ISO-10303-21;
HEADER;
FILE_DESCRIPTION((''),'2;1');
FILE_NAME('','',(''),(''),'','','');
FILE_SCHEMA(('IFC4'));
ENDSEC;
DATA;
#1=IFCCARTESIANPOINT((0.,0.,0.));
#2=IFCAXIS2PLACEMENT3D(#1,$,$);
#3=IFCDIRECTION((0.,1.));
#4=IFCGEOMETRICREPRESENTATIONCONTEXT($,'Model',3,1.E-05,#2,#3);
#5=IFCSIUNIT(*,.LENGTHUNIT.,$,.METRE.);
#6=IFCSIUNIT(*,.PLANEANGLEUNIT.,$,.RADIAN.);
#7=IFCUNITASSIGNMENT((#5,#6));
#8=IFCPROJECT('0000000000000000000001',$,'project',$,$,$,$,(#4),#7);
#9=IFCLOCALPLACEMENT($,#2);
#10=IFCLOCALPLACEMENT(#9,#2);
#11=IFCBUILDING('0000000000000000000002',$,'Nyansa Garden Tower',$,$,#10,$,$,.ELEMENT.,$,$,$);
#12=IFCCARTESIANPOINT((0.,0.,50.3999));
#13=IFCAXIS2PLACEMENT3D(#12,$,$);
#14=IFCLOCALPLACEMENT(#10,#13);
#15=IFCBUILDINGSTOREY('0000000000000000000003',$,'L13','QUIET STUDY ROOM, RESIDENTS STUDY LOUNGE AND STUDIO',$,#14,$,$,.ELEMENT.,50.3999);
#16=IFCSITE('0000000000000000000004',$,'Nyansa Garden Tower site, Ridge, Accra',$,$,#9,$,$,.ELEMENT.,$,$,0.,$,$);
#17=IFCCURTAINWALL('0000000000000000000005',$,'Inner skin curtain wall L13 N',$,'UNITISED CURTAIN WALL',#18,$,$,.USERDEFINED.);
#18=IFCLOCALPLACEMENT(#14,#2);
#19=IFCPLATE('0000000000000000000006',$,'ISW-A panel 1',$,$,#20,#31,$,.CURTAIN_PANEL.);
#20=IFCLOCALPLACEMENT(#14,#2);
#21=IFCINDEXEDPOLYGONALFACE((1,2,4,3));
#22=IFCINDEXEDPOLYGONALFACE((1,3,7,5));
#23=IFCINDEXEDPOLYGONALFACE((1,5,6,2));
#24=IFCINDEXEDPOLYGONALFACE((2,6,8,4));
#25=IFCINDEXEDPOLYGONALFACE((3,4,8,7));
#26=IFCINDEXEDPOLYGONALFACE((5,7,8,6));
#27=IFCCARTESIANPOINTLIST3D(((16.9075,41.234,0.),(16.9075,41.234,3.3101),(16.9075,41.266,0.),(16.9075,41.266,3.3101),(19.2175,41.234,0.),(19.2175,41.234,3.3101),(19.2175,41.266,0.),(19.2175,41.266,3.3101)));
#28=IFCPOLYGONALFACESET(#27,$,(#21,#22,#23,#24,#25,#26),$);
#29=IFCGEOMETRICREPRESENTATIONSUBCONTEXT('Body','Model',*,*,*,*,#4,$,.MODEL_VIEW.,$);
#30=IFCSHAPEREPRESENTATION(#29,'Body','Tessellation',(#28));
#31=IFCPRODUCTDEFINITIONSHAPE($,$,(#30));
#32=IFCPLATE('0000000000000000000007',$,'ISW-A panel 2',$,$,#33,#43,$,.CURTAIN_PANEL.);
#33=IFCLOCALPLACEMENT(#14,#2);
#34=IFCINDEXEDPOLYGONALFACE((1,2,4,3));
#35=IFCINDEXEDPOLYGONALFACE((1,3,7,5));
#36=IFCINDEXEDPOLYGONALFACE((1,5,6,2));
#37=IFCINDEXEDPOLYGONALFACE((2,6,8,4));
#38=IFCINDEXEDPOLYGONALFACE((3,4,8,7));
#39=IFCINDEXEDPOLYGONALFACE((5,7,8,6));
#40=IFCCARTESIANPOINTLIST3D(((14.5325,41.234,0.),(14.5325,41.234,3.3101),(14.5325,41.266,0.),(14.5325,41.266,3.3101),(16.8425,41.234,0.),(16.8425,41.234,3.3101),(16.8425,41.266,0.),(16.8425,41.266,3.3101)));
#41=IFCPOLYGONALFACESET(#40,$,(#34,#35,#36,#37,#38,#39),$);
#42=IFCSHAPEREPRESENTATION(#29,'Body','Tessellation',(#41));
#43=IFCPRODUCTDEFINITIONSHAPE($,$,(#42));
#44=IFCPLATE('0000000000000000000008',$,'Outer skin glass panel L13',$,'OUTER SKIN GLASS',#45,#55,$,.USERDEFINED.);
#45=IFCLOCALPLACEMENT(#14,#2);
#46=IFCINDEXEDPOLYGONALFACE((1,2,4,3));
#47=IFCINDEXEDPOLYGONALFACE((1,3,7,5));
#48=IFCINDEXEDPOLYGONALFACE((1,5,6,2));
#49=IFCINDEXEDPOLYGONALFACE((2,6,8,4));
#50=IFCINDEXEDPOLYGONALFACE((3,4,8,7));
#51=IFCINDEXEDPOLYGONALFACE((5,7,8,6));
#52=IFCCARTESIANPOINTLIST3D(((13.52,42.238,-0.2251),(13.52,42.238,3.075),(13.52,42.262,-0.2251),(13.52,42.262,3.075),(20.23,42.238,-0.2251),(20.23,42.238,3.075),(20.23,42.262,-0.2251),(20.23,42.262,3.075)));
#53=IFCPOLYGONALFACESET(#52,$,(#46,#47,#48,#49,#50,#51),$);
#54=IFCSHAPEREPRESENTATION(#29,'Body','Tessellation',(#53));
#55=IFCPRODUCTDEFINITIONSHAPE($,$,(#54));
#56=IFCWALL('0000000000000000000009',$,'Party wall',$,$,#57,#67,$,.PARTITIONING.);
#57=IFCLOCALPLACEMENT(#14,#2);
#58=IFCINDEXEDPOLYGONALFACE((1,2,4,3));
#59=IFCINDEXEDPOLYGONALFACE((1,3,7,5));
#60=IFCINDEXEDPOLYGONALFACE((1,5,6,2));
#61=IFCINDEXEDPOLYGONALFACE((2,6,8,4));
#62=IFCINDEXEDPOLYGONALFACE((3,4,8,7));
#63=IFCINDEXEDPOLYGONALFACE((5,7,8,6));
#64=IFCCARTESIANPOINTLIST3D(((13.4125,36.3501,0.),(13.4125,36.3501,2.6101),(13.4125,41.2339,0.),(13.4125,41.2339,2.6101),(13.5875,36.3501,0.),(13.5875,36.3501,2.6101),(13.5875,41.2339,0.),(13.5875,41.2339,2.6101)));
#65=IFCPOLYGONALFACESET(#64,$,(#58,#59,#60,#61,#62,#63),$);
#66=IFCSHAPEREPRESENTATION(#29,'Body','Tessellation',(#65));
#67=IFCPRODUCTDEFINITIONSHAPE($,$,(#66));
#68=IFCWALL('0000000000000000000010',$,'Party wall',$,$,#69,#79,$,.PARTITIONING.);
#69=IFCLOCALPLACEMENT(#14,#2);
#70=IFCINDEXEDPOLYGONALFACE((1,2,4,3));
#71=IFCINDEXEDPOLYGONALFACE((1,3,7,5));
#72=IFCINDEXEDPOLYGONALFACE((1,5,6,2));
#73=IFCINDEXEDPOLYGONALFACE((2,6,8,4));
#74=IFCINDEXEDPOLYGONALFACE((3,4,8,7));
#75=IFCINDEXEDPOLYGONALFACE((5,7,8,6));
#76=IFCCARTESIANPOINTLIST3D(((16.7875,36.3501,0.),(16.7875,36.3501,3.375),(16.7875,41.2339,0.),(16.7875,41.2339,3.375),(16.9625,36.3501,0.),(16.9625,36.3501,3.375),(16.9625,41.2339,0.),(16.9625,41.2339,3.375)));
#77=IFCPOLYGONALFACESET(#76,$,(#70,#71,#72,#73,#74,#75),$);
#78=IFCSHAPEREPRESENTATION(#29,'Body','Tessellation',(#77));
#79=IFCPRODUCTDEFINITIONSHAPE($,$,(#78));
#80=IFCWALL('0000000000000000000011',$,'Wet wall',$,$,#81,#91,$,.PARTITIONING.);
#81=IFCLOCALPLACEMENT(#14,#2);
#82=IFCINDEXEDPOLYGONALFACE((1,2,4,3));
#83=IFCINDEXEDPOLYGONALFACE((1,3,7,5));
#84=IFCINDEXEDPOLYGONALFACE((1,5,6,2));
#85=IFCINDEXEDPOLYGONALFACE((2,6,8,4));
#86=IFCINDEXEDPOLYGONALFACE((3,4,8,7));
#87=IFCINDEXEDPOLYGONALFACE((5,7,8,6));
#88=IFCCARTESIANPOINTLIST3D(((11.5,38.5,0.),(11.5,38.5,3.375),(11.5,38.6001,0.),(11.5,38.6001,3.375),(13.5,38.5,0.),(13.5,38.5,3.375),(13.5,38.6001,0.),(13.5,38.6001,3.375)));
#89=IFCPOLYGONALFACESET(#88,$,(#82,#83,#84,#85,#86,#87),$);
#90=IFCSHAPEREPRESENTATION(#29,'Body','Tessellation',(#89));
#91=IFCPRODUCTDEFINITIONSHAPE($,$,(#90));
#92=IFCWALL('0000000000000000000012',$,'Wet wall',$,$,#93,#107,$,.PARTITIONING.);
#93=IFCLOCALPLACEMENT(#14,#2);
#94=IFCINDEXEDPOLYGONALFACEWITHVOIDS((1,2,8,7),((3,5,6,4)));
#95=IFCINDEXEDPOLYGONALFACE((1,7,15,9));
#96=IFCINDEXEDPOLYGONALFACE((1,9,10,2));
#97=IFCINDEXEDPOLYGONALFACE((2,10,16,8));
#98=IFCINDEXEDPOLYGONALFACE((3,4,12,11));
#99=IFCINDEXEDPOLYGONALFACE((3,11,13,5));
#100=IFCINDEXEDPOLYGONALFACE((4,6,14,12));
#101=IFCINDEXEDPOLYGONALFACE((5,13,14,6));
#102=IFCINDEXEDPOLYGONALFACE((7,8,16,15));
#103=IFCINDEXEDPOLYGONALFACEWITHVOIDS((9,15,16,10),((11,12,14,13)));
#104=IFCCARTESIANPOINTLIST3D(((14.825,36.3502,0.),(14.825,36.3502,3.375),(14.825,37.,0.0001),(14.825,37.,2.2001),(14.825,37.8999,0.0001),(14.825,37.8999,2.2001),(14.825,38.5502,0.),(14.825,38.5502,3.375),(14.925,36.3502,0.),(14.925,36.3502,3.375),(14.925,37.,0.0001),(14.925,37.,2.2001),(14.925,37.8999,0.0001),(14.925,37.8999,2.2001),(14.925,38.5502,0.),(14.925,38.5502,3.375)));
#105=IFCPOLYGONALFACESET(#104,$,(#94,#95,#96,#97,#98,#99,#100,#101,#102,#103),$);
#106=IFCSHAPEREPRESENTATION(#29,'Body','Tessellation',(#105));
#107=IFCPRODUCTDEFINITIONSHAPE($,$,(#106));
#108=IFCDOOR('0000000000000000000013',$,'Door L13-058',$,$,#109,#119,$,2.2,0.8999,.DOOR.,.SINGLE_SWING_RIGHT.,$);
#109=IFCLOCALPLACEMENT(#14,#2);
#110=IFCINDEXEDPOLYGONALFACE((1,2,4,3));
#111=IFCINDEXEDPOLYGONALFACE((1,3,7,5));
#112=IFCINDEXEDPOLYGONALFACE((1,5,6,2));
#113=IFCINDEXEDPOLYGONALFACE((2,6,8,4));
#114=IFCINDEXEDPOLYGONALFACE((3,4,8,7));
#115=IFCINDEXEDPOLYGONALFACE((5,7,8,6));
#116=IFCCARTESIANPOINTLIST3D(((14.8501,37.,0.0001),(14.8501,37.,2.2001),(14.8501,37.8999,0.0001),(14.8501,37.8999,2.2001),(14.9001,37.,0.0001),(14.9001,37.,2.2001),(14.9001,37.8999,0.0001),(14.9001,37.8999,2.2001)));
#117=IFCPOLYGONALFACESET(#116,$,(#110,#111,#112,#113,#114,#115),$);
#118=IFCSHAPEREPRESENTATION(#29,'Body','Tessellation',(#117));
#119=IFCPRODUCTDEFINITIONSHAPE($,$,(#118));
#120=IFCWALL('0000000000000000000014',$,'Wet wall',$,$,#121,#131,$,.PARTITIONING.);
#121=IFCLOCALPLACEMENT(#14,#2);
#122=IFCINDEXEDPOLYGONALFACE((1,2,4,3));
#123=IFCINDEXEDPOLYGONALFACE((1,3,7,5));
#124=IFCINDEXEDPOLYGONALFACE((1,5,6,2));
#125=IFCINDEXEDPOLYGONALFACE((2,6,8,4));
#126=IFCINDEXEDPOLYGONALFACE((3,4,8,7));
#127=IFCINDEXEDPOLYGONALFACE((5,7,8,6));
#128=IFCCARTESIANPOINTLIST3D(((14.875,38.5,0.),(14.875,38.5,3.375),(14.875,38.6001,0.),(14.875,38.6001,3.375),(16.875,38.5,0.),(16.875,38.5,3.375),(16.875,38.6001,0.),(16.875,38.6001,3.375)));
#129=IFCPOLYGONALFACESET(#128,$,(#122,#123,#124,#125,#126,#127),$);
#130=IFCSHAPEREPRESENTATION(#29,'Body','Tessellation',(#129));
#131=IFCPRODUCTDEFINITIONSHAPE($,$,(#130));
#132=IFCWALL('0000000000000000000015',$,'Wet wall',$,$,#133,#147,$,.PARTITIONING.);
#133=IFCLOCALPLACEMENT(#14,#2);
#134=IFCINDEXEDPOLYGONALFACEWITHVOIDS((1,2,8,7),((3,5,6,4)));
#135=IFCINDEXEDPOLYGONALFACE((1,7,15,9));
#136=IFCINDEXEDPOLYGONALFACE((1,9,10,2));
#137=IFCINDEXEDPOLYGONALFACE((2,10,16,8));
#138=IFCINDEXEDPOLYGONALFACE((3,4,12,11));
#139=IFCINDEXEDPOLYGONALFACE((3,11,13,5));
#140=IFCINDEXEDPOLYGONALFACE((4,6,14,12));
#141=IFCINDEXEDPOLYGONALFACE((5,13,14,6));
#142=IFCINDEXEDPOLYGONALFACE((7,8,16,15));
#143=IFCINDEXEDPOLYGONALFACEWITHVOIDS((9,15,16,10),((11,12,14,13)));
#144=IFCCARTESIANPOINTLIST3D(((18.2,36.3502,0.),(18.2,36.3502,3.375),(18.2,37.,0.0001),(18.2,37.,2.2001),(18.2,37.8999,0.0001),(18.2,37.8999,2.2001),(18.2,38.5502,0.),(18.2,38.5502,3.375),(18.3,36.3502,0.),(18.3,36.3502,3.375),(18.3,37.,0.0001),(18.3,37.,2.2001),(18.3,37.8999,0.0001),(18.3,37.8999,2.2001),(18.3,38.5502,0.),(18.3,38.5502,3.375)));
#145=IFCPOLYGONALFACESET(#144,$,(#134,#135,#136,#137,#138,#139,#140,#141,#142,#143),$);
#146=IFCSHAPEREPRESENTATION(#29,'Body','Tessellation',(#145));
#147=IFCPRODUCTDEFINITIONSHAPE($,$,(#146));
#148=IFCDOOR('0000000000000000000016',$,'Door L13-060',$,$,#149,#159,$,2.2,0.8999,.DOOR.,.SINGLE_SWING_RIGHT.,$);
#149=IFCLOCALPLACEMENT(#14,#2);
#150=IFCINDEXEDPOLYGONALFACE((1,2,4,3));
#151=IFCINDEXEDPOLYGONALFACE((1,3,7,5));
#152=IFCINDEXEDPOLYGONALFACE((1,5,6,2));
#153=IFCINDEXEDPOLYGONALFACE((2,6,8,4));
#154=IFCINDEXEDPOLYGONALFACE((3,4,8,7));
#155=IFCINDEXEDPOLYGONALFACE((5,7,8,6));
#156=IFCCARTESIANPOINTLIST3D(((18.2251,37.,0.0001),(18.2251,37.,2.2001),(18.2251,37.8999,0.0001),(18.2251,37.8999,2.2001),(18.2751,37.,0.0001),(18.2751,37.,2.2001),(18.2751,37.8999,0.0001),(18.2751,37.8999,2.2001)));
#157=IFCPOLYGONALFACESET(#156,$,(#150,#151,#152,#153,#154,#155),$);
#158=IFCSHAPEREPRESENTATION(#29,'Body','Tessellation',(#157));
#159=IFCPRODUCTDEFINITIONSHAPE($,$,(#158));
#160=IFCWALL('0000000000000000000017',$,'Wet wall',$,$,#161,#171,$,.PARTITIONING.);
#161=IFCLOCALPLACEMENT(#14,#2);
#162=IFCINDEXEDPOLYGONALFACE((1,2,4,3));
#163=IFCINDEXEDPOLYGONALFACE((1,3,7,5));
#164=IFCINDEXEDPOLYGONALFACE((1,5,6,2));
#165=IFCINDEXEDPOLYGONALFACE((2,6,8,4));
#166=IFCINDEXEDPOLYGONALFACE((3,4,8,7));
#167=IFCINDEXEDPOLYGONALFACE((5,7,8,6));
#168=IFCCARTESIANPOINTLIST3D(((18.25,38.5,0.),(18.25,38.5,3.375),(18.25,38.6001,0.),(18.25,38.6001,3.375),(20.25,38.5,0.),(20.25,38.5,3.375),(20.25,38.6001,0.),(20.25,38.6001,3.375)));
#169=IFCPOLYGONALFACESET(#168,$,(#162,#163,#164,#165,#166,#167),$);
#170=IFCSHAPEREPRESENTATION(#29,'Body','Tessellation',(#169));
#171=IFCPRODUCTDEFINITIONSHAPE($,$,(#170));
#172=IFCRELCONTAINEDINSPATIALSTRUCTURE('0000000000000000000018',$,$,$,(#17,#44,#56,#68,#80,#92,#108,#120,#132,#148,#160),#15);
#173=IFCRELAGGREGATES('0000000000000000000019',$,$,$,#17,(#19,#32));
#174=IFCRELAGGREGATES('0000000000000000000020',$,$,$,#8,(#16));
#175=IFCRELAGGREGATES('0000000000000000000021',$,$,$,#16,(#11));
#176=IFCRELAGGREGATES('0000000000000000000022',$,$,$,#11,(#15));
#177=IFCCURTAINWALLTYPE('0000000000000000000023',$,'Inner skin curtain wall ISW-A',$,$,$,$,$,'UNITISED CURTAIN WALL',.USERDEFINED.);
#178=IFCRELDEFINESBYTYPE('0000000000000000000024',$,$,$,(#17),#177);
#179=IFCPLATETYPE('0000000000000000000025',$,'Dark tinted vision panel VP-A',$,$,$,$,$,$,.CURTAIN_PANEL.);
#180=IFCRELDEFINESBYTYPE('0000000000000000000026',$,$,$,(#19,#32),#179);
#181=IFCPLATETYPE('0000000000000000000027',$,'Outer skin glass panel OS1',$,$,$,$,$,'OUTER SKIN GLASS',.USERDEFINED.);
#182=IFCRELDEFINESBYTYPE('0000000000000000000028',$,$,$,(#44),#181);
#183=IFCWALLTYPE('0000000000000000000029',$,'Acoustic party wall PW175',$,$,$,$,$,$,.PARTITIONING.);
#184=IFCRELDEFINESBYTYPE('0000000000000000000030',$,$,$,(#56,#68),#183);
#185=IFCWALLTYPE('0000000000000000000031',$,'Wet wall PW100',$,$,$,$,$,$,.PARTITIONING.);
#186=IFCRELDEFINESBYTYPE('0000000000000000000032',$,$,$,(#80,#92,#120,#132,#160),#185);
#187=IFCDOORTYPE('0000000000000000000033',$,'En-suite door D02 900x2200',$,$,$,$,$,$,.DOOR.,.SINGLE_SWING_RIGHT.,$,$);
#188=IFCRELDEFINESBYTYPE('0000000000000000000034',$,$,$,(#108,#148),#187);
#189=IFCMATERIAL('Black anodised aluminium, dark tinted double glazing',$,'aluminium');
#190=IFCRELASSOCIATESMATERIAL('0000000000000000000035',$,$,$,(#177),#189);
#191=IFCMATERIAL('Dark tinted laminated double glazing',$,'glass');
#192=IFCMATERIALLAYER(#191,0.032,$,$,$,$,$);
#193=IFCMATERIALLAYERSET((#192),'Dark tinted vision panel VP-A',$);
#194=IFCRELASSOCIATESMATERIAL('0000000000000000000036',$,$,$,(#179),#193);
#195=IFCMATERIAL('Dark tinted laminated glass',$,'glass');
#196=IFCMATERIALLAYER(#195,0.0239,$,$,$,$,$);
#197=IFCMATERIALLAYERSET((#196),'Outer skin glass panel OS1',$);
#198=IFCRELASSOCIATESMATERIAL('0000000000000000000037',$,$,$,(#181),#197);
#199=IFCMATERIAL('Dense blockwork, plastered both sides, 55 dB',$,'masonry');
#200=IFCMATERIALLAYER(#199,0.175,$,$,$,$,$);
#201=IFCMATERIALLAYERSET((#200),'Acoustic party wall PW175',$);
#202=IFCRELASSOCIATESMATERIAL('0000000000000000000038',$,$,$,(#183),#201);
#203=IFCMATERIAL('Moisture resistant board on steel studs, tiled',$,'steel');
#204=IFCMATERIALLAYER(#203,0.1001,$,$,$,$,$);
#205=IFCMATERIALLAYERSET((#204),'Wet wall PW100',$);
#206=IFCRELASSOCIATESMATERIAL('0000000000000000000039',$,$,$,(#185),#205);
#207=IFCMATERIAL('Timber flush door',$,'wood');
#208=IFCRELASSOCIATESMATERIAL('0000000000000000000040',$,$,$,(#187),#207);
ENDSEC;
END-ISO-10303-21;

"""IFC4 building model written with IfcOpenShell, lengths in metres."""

from ifc_helpers import new_model, si_unit, direction, frame, frame_2d, origin, origin_2d, place, context, subcontext, project, spatial, rectangle, extrude, material, layer, layer_set, type_object, element, fill, aggregate, save


model = new_model("IFC4")

# Units and contexts
model_context = context("Model", 3, precision=1e-05, world=origin(), true_north=direction((0.0, 1.0)))
body_context = subcontext(model_context, "Body", "Model", "MODEL_VIEW")
ifc_project = project(units=[si_unit("LENGTHUNIT", "METRE"), si_unit("PLANEANGLEUNIT", "RADIAN")], contexts=[model_context])

# Site, building, storey
site_placement = place(None, origin())
site = spatial("IfcSite", under=ifc_project, at=site_placement, Name="Nyansa Garden Tower site, Ridge, Accra", CompositionType="ELEMENT", RefElevation=0.0)
building_placement = place(site_placement, origin())
building = spatial("IfcBuilding", under=site, at=building_placement, Name="Nyansa Garden Tower", CompositionType="ELEMENT")
storey_placement = place(building_placement, frame((0.0, 0.0, 50.3999)))
storey = spatial("IfcBuildingStorey", under=building, at=storey_placement, Name="L13", Description="QUIET STUDY ROOM, RESIDENTS STUDY LOUNGE AND STUDIO", CompositionType="ELEMENT", Elevation=50.3999)

# Curtain wall
ifc_material_1 = material(Name="Black anodised aluminium, dark tinted double glazing", Category="aluminium")
curtain_wall_type = type_object("IfcCurtainWallType", Name="Inner skin curtain wall ISW-A", ElementType="UNITISED CURTAIN WALL", PredefinedType="USERDEFINED", material=ifc_material_1)
curtain_wall_1_placement = place(storey_placement, origin())
curtain_wall_1 = element("IfcCurtainWall", 1, at=curtain_wall_1_placement, inside=storey, type_object=curtain_wall_type, Name="Inner skin curtain wall L13 N", ObjectType="UNITISED CURTAIN WALL", PredefinedType="USERDEFINED")

# Plates
ifc_material_2 = material(Name="Dark tinted laminated double glazing", Category="glass")
ifc_layer_1 = layer(ifc_material_2, 0.032)
ifc_layer_set_1 = layer_set([ifc_layer_1], Name="Dark tinted vision panel VP-A")
plate_type_1 = type_object("IfcPlateType", Name="Dark tinted vision panel VP-A", PredefinedType="CURTAIN_PANEL", material=ifc_layer_set_1)
plate_1_placement = place(storey_placement, frame((18.0625, 41.25, 0.0), z_axis=(0.0, 0.0, 1.0), x_axis=(-1.0, 0.0, 0.0)))
plate_1 = element("IfcPlate", 2, at=plate_1_placement, type_object=plate_type_1, Name="ISW-A panel 1", PredefinedType="CURTAIN_PANEL", context=body_context, shape_type="SweptSolid", body=[
    extrude(rectangle(XDim=2.3101, YDim=0.032, at=origin_2d()), origin(), (0.0, 0.0, 1.0), 3.3101),
])
plate_2_placement = place(storey_placement, frame((15.6875, 41.25, 0.0), z_axis=(0.0, 0.0, 1.0), x_axis=(-1.0, 0.0, 0.0)))
plate_2 = element("IfcPlate", 3, at=plate_2_placement, type_object=plate_type_1, Name="ISW-A panel 2", PredefinedType="CURTAIN_PANEL", context=body_context, shape_type="SweptSolid", body=[
    extrude(rectangle(XDim=2.3101, YDim=0.032, at=origin_2d()), origin(), (0.0, 0.0, 1.0), 3.3101),
])
aggregate(curtain_wall_1, [plate_1, plate_2])
ifc_material_3 = material(Name="Dark tinted laminated glass", Category="glass")
ifc_layer_2 = layer(ifc_material_3, 0.0239)
ifc_layer_set_2 = layer_set([ifc_layer_2], Name="Outer skin glass panel OS1")
plate_type_2 = type_object("IfcPlateType", Name="Outer skin glass panel OS1", ElementType="OUTER SKIN GLASS", PredefinedType="USERDEFINED", material=ifc_layer_set_2)
plate_3_placement = place(storey_placement, frame((16.875, 42.25, -0.2251), z_axis=(0.0, 0.0, 1.0), x_axis=(1.0, 0.0, 0.0)))
element("IfcPlate", 4, at=plate_3_placement, inside=storey, type_object=plate_type_2, Name="Outer skin glass panel L13", ObjectType="OUTER SKIN GLASS", PredefinedType="USERDEFINED", context=body_context, shape_type="SweptSolid", body=[
    extrude(rectangle(XDim=6.71, YDim=0.0239, at=origin_2d()), origin(), (0.0, 0.0, 1.0), 3.3),
])

# Walls
ifc_material_4 = material(Name="Dense blockwork, plastered both sides, 55 dB", Category="masonry")
ifc_layer_3 = layer(ifc_material_4, 0.175)
ifc_layer_set_3 = layer_set([ifc_layer_3], Name="Acoustic party wall PW175")
wall_type_1 = type_object("IfcWallType", Name="Acoustic party wall PW175", PredefinedType="PARTITIONING", material=ifc_layer_set_3)
wall_1_placement = place(storey_placement, frame((13.5, 36.3501, 0.0), z_axis=(0.0, 0.0, 1.0), x_axis=(0.0, 1.0, 0.0)))
element("IfcWall", 5, at=wall_1_placement, inside=storey, type_object=wall_type_1, Name="Party wall", PredefinedType="PARTITIONING", context=body_context, shape_type="SweptSolid", body=[
    extrude(rectangle(XDim=4.8838, YDim=0.175, at=frame_2d((2.4419, 0.0))), origin(), (0.0, 0.0, 1.0), 2.6101),
])
wall_2_placement = place(storey_placement, frame((16.875, 36.3501, 0.0), z_axis=(0.0, 0.0, 1.0), x_axis=(0.0, 1.0, 0.0)))
element("IfcWall", 6, at=wall_2_placement, inside=storey, type_object=wall_type_1, Name="Party wall", PredefinedType="PARTITIONING", context=body_context, shape_type="SweptSolid", body=[
    extrude(rectangle(XDim=4.8838, YDim=0.175, at=frame_2d((2.4419, 0.0))), origin(), (0.0, 0.0, 1.0), 3.375),
])
ifc_material_5 = material(Name="Moisture resistant board on steel studs, tiled", Category="steel")
ifc_layer_4 = layer(ifc_material_5, 0.1001)
ifc_layer_set_4 = layer_set([ifc_layer_4], Name="Wet wall PW100")
wall_type_2 = type_object("IfcWallType", Name="Wet wall PW100", PredefinedType="PARTITIONING", material=ifc_layer_set_4)
wall_3_placement = place(storey_placement, frame((11.5, 38.55, 0.0), z_axis=(0.0, 0.0, 1.0), x_axis=(1.0, 0.0, 0.0)))
element("IfcWall", 7, at=wall_3_placement, inside=storey, type_object=wall_type_2, Name="Wet wall", PredefinedType="PARTITIONING", context=body_context, shape_type="SweptSolid", body=[
    extrude(rectangle(XDim=2.0, YDim=0.1001, at=frame_2d((1.0, 0.0))), origin(), (0.0, 0.0, 1.0), 3.375),
])

# Wall, opening, door
wall_4_placement = place(storey_placement, frame((14.875, 36.3501, 0.0), z_axis=(0.0, 0.0, 1.0), x_axis=(0.0, 1.0, 0.0)))
wall_4 = element("IfcWall", 8, at=wall_4_placement, inside=storey, type_object=wall_type_2, Name="Wet wall", PredefinedType="PARTITIONING", context=body_context, shape_type="SweptSolid", body=[
    extrude(rectangle(XDim=2.2, YDim=0.1001, at=frame_2d((1.1001, 0.0))), origin(), (0.0, 0.0, 1.0), 3.375),
])
opening_1_placement = place(wall_4_placement, frame((0.6499, 0.0, 0.0)))
opening_1 = element("IfcOpeningElement", 9, at=opening_1_placement, cuts=wall_4, PredefinedType="OPENING", context=body_context, shape_type="SweptSolid", body=[
    extrude(rectangle(XDim=0.8999, YDim=2.2, at=frame_2d((0.45, 1.1001))), frame((0.0, 0.0601, 0.0), z_axis=(0.0, -1.0, 0.0), x_axis=(1.0, 0.0, 0.0)), (0.0, 0.0, 1.0), 0.1201),
])
ifc_material_6 = material(Name="Timber flush door", Category="wood")
door_type = type_object("IfcDoorType", Name="En-suite door D02 900x2200", OperationType="SINGLE_SWING_RIGHT", PredefinedType="DOOR", material=ifc_material_6)
door_1_placement = place(opening_1_placement, origin())
door_1 = element("IfcDoor", 10, at=door_1_placement, inside=storey, type_object=door_type, Name="Door L13-058", OperationType="SINGLE_SWING_RIGHT", OverallHeight=2.2, OverallWidth=0.8999, PredefinedType="DOOR", context=body_context, shape_type="SweptSolid", body=[
    extrude(rectangle(XDim=0.8999, YDim=2.2, at=frame_2d((0.45, 1.1001))), frame((0.0, 0.0249, 0.0), z_axis=(0.0, -1.0, 0.0), x_axis=(1.0, 0.0, 0.0)), (0.0, 0.0, 1.0), 0.05),
])
fill(opening_1, door_1)

# Wall
wall_5_placement = place(storey_placement, frame((14.875, 38.55, 0.0), z_axis=(0.0, 0.0, 1.0), x_axis=(1.0, 0.0, 0.0)))
element("IfcWall", 11, at=wall_5_placement, inside=storey, type_object=wall_type_2, Name="Wet wall", PredefinedType="PARTITIONING", context=body_context, shape_type="SweptSolid", body=[
    extrude(rectangle(XDim=2.0, YDim=0.1001, at=frame_2d((1.0, 0.0))), origin(), (0.0, 0.0, 1.0), 3.375),
])

# Wall, opening, door
wall_6_placement = place(storey_placement, frame((18.25, 36.3501, 0.0), z_axis=(0.0, 0.0, 1.0), x_axis=(0.0, 1.0, 0.0)))
wall_6 = element("IfcWall", 12, at=wall_6_placement, inside=storey, type_object=wall_type_2, Name="Wet wall", PredefinedType="PARTITIONING", context=body_context, shape_type="SweptSolid", body=[
    extrude(rectangle(XDim=2.2, YDim=0.1001, at=frame_2d((1.1001, 0.0))), origin(), (0.0, 0.0, 1.0), 3.375),
])
opening_2_placement = place(wall_6_placement, frame((0.6499, 0.0, 0.0)))
opening_2 = element("IfcOpeningElement", 13, at=opening_2_placement, cuts=wall_6, PredefinedType="OPENING", context=body_context, shape_type="SweptSolid", body=[
    extrude(rectangle(XDim=0.8999, YDim=2.2, at=frame_2d((0.45, 1.1001))), frame((0.0, 0.0601, 0.0), z_axis=(0.0, -1.0, 0.0), x_axis=(1.0, 0.0, 0.0)), (0.0, 0.0, 1.0), 0.1201),
])
door_2_placement = place(opening_2_placement, origin())
door_2 = element("IfcDoor", 14, at=door_2_placement, inside=storey, type_object=door_type, Name="Door L13-060", OperationType="SINGLE_SWING_RIGHT", OverallHeight=2.2, OverallWidth=0.8999, PredefinedType="DOOR", context=body_context, shape_type="SweptSolid", body=[
    extrude(rectangle(XDim=0.8999, YDim=2.2, at=frame_2d((0.45, 1.1001))), frame((0.0, 0.0249, 0.0), z_axis=(0.0, -1.0, 0.0), x_axis=(1.0, 0.0, 0.0)), (0.0, 0.0, 1.0), 0.05),
])
fill(opening_2, door_2)

# Wall
wall_7_placement = place(storey_placement, frame((18.25, 38.55, 0.0), z_axis=(0.0, 0.0, 1.0), x_axis=(1.0, 0.0, 0.0)))
element("IfcWall", 15, at=wall_7_placement, inside=storey, type_object=wall_type_2, Name="Wet wall", PredefinedType="PARTITIONING", context=body_context, shape_type="SweptSolid", body=[
    extrude(rectangle(XDim=2.0, YDim=0.1001, at=frame_2d((1.0, 0.0))), origin(), (0.0, 0.0, 1.0), 3.375),
])

save(model, "model.ifc")
